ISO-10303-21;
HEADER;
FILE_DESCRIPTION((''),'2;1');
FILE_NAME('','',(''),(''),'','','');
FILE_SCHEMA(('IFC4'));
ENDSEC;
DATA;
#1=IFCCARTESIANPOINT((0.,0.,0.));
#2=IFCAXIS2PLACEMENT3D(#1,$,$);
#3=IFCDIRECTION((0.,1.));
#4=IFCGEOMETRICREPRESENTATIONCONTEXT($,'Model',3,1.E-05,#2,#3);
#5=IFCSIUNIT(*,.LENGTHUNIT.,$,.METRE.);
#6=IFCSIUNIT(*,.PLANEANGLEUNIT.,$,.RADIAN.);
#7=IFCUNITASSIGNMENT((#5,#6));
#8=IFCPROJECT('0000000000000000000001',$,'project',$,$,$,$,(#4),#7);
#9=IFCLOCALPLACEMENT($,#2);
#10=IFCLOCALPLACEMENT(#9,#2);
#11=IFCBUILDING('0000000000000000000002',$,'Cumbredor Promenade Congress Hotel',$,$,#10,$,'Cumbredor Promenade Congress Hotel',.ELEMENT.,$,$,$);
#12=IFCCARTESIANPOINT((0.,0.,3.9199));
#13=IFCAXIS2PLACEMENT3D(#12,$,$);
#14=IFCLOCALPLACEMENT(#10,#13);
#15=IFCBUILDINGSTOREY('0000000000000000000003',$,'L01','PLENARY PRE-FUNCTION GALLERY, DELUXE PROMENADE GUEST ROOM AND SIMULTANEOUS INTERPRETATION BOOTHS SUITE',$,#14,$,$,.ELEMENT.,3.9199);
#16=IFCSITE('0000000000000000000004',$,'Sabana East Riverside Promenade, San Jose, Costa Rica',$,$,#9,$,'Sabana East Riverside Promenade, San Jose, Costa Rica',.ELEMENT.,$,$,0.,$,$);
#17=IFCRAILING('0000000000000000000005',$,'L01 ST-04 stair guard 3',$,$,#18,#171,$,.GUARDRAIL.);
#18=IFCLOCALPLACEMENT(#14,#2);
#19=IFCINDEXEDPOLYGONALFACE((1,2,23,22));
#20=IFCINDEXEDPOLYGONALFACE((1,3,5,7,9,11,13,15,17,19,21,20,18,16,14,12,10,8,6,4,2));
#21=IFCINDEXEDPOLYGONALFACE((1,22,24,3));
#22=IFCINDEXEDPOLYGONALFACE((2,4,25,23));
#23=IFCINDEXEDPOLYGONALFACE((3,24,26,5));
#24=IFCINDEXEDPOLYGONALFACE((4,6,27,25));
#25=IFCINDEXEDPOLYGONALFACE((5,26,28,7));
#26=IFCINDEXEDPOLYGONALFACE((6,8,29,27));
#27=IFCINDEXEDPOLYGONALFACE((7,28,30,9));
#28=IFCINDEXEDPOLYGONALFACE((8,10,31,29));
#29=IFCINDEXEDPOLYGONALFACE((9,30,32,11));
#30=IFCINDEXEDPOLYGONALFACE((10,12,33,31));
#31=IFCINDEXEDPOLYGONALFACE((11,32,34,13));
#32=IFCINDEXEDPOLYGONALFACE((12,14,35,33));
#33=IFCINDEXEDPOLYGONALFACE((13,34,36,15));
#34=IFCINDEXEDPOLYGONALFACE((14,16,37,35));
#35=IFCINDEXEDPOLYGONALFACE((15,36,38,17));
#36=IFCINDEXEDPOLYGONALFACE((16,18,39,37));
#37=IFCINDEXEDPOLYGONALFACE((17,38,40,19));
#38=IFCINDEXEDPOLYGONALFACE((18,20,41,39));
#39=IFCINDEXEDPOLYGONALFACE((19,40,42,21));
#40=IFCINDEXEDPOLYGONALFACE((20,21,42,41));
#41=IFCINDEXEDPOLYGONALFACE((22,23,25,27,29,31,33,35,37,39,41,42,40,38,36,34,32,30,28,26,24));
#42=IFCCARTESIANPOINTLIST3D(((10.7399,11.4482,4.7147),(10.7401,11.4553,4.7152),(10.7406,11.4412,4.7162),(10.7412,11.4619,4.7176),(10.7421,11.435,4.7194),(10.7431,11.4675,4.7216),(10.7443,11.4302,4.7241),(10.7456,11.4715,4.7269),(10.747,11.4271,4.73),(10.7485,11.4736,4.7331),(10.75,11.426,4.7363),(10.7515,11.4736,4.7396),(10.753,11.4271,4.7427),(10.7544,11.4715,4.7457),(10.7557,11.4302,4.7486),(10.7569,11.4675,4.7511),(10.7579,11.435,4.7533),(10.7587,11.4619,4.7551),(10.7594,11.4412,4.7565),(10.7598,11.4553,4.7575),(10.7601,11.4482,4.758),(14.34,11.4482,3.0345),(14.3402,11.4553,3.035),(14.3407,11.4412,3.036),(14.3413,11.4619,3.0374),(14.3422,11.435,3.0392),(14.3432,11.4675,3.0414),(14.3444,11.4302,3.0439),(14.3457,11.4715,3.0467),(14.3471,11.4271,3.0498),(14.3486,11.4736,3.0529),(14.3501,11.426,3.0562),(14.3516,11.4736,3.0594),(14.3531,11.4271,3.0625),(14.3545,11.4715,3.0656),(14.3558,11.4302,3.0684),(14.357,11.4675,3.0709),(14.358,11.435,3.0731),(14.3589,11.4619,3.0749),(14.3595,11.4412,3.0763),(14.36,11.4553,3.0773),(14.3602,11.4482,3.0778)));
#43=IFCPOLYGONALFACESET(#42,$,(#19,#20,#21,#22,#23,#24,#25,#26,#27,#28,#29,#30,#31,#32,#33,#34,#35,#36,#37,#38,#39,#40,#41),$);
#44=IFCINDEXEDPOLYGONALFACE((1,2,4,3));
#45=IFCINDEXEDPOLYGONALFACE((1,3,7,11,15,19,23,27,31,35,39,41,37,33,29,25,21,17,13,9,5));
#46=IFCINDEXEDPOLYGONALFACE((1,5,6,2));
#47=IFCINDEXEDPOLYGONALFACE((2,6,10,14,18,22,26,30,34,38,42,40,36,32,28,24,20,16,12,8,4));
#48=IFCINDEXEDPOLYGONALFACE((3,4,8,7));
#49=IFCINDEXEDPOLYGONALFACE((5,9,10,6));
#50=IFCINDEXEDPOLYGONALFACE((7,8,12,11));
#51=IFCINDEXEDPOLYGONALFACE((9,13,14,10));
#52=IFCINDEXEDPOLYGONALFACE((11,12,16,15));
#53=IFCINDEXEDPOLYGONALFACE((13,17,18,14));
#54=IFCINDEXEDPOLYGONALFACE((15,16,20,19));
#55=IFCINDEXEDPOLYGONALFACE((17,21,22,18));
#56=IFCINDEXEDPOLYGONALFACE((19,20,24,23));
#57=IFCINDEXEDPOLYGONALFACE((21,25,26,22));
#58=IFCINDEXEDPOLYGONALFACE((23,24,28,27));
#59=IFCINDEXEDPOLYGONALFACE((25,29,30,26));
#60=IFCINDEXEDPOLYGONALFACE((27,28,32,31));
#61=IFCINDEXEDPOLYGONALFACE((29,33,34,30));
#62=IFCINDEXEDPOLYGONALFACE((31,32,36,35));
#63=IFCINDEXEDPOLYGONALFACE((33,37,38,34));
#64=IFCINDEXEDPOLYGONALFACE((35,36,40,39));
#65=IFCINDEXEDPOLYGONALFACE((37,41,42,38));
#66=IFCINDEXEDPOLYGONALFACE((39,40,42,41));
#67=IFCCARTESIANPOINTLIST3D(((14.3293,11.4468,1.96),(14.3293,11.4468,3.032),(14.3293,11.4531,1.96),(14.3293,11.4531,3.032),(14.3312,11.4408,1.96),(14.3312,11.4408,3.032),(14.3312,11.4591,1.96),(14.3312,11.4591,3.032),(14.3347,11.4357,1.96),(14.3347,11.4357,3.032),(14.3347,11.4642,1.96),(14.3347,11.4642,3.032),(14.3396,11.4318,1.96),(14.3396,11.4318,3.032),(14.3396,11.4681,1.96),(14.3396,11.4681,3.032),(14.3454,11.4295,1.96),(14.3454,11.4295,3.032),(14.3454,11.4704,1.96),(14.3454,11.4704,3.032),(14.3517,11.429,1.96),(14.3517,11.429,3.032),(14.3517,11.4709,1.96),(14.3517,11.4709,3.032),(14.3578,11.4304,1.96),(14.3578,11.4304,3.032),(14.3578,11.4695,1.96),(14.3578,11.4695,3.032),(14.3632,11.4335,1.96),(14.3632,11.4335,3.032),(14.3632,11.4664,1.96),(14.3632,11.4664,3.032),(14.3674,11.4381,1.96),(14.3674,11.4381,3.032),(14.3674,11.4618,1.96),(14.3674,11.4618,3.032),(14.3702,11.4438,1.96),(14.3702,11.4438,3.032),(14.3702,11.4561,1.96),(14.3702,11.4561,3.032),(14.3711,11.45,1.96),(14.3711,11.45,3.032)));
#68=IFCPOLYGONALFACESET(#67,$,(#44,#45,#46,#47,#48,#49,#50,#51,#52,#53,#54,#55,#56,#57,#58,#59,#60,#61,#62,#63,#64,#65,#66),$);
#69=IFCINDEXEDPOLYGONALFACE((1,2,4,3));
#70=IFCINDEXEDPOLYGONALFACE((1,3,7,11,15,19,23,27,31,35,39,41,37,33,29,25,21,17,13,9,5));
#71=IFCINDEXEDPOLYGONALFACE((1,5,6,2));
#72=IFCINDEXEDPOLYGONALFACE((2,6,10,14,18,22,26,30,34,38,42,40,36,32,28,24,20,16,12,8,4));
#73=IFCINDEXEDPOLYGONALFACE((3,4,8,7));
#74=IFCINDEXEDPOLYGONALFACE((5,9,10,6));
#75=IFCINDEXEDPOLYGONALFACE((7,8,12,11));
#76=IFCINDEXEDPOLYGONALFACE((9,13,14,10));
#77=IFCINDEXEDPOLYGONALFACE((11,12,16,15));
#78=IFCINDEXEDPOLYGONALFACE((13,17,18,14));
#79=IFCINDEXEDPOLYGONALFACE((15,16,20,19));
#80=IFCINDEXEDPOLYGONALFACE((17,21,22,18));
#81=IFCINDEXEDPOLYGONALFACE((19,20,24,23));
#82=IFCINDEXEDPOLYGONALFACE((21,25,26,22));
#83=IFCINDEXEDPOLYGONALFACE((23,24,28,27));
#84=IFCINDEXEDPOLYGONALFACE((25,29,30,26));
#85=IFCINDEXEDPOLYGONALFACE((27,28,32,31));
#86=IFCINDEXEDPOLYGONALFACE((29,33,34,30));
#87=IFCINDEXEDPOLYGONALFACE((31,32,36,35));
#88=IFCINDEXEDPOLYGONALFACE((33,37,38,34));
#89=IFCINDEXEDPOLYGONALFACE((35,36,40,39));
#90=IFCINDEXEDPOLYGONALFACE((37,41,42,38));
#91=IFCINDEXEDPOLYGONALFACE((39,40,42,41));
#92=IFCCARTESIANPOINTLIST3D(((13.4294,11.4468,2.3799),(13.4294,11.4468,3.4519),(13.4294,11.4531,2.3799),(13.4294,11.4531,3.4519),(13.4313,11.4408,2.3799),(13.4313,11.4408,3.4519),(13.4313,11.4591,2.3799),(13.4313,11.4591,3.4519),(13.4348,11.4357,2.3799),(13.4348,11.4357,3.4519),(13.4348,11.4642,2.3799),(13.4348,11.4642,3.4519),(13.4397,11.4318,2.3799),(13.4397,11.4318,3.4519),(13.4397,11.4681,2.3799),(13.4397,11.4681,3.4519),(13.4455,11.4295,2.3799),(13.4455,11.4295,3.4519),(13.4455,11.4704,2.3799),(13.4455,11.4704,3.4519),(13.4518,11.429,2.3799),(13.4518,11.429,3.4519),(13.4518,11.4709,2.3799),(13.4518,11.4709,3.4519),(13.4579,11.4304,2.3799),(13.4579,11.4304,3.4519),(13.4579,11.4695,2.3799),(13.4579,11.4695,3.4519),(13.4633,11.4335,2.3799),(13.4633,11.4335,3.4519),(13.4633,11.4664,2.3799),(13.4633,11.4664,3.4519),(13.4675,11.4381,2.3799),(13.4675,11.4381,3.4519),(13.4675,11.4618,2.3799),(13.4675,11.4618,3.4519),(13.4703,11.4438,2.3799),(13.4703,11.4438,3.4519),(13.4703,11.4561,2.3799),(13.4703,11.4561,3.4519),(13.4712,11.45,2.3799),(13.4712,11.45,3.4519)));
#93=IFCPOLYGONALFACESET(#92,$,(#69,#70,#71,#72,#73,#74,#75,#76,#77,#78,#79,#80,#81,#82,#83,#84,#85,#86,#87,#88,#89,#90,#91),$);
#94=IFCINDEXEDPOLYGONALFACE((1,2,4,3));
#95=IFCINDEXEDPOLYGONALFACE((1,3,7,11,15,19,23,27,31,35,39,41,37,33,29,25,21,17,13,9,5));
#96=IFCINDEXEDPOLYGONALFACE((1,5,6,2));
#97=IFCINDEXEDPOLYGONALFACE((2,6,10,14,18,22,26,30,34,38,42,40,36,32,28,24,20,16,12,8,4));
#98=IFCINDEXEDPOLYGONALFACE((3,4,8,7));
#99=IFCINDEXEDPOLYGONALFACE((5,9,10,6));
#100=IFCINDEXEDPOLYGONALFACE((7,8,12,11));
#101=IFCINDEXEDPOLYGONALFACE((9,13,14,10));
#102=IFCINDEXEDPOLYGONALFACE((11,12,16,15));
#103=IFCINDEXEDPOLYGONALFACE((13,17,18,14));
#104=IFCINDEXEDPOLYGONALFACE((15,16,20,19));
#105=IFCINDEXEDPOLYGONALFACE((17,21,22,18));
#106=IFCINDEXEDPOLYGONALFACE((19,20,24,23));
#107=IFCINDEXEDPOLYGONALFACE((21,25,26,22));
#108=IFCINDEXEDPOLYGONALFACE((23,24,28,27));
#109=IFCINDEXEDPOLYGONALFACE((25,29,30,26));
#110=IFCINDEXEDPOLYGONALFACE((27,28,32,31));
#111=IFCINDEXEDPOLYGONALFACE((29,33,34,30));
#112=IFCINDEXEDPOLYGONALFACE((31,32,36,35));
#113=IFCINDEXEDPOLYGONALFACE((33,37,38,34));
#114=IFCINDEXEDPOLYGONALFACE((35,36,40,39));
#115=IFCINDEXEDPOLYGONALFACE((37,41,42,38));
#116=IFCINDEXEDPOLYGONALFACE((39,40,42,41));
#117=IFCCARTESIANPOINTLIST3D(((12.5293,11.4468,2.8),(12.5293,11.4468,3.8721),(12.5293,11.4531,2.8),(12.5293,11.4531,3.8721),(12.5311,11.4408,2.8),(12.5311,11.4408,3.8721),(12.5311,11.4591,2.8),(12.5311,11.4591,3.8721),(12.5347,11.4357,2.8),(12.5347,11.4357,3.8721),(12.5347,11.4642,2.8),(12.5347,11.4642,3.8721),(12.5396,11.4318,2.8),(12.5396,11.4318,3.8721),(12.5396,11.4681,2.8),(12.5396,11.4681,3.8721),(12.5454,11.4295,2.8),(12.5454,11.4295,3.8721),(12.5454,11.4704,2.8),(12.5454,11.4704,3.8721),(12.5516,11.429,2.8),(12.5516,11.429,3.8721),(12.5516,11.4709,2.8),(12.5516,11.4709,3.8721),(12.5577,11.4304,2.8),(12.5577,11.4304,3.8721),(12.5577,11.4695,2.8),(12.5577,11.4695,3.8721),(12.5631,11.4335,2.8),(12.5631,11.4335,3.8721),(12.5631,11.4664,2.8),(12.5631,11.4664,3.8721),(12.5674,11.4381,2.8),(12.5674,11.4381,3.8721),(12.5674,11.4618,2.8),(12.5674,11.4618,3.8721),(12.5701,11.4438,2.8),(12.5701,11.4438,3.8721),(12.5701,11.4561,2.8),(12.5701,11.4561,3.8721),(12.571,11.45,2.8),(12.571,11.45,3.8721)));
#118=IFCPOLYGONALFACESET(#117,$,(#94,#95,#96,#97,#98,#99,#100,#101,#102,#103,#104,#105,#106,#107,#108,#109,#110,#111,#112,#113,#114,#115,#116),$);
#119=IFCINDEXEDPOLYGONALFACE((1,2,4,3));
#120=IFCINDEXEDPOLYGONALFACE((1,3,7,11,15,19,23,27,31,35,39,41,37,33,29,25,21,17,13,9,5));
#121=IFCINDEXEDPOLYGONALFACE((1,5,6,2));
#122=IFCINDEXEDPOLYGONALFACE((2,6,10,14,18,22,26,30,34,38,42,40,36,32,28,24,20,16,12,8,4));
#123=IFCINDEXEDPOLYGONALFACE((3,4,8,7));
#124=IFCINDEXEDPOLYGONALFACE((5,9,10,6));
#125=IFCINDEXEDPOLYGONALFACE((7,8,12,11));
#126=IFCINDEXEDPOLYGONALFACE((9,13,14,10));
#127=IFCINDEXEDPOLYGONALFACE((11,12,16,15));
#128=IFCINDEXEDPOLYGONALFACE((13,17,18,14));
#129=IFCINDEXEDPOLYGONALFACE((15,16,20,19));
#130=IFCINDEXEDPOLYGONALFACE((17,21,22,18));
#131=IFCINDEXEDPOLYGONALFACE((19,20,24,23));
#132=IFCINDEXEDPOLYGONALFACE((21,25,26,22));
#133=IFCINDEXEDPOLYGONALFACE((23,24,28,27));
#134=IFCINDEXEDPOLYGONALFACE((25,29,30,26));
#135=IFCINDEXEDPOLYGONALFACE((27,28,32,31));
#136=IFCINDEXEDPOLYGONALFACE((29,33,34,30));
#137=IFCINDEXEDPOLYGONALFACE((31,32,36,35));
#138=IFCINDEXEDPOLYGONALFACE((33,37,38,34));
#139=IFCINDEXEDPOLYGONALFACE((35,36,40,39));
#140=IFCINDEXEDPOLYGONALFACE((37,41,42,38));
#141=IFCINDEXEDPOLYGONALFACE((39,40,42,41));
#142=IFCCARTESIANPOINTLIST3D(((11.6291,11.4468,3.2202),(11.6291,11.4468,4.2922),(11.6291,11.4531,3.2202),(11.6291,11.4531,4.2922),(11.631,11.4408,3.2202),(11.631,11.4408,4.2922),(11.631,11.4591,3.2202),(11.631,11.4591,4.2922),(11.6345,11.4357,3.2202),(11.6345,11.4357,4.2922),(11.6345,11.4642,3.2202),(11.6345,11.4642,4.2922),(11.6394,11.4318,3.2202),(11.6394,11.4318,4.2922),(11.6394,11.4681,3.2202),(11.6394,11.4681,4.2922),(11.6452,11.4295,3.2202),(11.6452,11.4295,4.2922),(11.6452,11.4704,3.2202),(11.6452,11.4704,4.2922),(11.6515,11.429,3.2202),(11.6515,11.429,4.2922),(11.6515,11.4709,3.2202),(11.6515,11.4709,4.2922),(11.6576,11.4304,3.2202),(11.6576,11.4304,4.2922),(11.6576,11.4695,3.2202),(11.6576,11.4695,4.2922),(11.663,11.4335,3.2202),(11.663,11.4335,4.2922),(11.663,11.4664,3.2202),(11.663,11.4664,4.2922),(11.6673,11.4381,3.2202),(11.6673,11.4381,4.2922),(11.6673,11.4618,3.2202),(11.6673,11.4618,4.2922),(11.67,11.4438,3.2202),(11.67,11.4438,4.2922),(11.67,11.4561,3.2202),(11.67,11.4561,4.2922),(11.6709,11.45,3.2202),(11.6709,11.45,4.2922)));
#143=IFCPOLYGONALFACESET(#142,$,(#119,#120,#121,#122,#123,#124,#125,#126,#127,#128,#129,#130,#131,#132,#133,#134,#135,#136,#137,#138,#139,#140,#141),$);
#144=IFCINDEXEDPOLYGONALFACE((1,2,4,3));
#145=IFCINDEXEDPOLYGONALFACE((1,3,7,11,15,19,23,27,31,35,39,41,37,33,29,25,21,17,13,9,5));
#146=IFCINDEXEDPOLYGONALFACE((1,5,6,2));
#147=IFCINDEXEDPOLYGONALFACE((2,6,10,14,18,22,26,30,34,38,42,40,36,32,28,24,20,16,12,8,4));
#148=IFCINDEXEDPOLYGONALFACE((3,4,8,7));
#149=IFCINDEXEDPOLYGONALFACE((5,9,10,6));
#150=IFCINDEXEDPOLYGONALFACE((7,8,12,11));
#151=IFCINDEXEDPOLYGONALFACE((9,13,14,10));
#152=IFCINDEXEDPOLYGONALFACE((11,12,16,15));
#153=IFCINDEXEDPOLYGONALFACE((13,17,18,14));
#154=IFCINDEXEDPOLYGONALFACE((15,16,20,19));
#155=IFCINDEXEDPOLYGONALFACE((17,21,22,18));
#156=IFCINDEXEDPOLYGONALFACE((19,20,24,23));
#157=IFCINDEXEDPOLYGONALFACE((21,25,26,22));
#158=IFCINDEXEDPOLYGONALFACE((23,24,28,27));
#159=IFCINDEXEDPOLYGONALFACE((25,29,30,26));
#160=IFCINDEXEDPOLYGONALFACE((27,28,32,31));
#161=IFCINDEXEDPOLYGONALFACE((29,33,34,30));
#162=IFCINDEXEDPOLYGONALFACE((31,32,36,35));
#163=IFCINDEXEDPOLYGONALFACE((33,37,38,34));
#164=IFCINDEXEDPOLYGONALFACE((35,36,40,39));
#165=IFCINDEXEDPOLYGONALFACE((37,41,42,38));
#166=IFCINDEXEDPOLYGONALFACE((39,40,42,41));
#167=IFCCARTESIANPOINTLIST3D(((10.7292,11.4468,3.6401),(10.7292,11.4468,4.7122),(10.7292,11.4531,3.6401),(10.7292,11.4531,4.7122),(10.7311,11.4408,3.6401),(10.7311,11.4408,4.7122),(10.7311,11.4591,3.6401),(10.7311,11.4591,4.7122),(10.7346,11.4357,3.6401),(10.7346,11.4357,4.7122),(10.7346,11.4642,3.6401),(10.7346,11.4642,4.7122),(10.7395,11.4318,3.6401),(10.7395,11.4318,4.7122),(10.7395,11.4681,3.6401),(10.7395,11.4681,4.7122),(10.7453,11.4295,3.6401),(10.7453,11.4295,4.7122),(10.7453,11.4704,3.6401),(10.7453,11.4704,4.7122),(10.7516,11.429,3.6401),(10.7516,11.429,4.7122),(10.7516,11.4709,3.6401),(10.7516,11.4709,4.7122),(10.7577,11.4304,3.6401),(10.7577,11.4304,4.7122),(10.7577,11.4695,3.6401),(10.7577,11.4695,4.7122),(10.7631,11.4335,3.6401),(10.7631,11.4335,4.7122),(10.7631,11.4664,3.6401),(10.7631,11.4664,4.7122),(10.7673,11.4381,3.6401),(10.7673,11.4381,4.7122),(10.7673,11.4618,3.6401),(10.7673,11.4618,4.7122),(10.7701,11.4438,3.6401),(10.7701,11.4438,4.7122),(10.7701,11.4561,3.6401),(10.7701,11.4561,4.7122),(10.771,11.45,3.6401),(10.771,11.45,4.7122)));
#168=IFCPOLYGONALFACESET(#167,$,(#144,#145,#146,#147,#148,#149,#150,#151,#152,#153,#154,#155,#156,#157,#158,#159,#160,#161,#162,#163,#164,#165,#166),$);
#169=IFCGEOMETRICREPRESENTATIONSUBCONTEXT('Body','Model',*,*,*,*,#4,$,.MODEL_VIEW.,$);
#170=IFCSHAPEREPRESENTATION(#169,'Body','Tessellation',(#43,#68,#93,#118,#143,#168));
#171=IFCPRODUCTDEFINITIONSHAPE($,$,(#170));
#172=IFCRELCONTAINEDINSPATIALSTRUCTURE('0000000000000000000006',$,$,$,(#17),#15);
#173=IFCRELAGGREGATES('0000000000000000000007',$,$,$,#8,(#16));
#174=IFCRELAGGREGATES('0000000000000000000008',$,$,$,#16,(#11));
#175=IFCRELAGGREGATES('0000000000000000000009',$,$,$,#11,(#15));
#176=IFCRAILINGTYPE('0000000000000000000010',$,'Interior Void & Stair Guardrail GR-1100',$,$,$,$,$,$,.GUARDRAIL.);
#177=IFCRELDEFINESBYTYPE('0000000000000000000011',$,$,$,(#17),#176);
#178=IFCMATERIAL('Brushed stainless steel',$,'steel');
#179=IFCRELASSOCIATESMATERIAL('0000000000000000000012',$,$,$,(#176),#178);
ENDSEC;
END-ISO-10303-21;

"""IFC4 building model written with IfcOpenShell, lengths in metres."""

from ifc_helpers import new_model, si_unit, direction, frame, origin, origin_2d, place, context, subcontext, project, spatial, circle, extrude, material, type_object, element, save


model = new_model("IFC4")

# Units and contexts
model_context = context("Model", 3, precision=1e-05, world=origin(), true_north=direction((0.0, 1.0)))
body_context = subcontext(model_context, "Body", "Model", "MODEL_VIEW")
ifc_project = project(units=[si_unit("LENGTHUNIT", "METRE"), si_unit("PLANEANGLEUNIT", "RADIAN")], contexts=[model_context])

# Site, building, storey
site_placement = place(None, origin())
site = spatial("IfcSite", under=ifc_project, at=site_placement, Name="Sabana East Riverside Promenade, San Jose, Costa Rica", LongName="Sabana East Riverside Promenade, San Jose, Costa Rica", CompositionType="ELEMENT", RefElevation=0.0)
building_placement = place(site_placement, origin())
building = spatial("IfcBuilding", under=site, at=building_placement, Name="Cumbredor Promenade Congress Hotel", LongName="Cumbredor Promenade Congress Hotel", CompositionType="ELEMENT")
storey_placement = place(building_placement, frame((0.0, 0.0, 3.9199)))
storey = spatial("IfcBuildingStorey", under=building, at=storey_placement, Name="L01", Description="PLENARY PRE-FUNCTION GALLERY, DELUXE PROMENADE GUEST ROOM AND SIMULTANEOUS INTERPRETATION BOOTHS SUITE", CompositionType="ELEMENT", Elevation=3.9199)

# Railing
ifc_material_1 = material(Name="Brushed stainless steel", Category="steel")
railing_type = type_object("IfcRailingType", Name="Interior Void & Stair Guardrail GR-1100", PredefinedType="GUARDRAIL", material=ifc_material_1)
railing_1_placement = place(storey_placement, frame((14.3501, 11.45, 1.96)))
element("IfcRailing", 1, at=railing_1_placement, inside=storey, type_object=railing_type, Name="L01 ST-04 stair guard 3", PredefinedType="GUARDRAIL", context=body_context, shape_type="SweptSolid", body=[
    extrude(circle(Radius=0.0239, at=origin_2d()), frame((0.0, 0.0, 1.0962), z_axis=(-0.906171, 0.0, 0.422912), x_axis=(0.0, -1.0, 0.0)), (0.0, 0.0, 1.0), 3.9729),
    extrude(circle(Radius=0.021, at=origin_2d()), origin(), (0.0, 0.0, 1.0), 1.072),
    extrude(circle(Radius=0.021, at=origin_2d()), frame((-0.8999, 0.0, 0.4199)), (0.0, 0.0, 1.0), 1.072),
    extrude(circle(Radius=0.021, at=origin_2d()), frame((-1.8, 0.0, 0.8401)), (0.0, 0.0, 1.0), 1.072),
    extrude(circle(Radius=0.021, at=origin_2d()), frame((-2.7002, 0.0, 1.2603)), (0.0, 0.0, 1.0), 1.072),
    extrude(circle(Radius=0.021, at=origin_2d()), frame((-3.6001, 0.0, 1.6802)), (0.0, 0.0, 1.0), 1.072),
])

save(model, "model.ifc")
